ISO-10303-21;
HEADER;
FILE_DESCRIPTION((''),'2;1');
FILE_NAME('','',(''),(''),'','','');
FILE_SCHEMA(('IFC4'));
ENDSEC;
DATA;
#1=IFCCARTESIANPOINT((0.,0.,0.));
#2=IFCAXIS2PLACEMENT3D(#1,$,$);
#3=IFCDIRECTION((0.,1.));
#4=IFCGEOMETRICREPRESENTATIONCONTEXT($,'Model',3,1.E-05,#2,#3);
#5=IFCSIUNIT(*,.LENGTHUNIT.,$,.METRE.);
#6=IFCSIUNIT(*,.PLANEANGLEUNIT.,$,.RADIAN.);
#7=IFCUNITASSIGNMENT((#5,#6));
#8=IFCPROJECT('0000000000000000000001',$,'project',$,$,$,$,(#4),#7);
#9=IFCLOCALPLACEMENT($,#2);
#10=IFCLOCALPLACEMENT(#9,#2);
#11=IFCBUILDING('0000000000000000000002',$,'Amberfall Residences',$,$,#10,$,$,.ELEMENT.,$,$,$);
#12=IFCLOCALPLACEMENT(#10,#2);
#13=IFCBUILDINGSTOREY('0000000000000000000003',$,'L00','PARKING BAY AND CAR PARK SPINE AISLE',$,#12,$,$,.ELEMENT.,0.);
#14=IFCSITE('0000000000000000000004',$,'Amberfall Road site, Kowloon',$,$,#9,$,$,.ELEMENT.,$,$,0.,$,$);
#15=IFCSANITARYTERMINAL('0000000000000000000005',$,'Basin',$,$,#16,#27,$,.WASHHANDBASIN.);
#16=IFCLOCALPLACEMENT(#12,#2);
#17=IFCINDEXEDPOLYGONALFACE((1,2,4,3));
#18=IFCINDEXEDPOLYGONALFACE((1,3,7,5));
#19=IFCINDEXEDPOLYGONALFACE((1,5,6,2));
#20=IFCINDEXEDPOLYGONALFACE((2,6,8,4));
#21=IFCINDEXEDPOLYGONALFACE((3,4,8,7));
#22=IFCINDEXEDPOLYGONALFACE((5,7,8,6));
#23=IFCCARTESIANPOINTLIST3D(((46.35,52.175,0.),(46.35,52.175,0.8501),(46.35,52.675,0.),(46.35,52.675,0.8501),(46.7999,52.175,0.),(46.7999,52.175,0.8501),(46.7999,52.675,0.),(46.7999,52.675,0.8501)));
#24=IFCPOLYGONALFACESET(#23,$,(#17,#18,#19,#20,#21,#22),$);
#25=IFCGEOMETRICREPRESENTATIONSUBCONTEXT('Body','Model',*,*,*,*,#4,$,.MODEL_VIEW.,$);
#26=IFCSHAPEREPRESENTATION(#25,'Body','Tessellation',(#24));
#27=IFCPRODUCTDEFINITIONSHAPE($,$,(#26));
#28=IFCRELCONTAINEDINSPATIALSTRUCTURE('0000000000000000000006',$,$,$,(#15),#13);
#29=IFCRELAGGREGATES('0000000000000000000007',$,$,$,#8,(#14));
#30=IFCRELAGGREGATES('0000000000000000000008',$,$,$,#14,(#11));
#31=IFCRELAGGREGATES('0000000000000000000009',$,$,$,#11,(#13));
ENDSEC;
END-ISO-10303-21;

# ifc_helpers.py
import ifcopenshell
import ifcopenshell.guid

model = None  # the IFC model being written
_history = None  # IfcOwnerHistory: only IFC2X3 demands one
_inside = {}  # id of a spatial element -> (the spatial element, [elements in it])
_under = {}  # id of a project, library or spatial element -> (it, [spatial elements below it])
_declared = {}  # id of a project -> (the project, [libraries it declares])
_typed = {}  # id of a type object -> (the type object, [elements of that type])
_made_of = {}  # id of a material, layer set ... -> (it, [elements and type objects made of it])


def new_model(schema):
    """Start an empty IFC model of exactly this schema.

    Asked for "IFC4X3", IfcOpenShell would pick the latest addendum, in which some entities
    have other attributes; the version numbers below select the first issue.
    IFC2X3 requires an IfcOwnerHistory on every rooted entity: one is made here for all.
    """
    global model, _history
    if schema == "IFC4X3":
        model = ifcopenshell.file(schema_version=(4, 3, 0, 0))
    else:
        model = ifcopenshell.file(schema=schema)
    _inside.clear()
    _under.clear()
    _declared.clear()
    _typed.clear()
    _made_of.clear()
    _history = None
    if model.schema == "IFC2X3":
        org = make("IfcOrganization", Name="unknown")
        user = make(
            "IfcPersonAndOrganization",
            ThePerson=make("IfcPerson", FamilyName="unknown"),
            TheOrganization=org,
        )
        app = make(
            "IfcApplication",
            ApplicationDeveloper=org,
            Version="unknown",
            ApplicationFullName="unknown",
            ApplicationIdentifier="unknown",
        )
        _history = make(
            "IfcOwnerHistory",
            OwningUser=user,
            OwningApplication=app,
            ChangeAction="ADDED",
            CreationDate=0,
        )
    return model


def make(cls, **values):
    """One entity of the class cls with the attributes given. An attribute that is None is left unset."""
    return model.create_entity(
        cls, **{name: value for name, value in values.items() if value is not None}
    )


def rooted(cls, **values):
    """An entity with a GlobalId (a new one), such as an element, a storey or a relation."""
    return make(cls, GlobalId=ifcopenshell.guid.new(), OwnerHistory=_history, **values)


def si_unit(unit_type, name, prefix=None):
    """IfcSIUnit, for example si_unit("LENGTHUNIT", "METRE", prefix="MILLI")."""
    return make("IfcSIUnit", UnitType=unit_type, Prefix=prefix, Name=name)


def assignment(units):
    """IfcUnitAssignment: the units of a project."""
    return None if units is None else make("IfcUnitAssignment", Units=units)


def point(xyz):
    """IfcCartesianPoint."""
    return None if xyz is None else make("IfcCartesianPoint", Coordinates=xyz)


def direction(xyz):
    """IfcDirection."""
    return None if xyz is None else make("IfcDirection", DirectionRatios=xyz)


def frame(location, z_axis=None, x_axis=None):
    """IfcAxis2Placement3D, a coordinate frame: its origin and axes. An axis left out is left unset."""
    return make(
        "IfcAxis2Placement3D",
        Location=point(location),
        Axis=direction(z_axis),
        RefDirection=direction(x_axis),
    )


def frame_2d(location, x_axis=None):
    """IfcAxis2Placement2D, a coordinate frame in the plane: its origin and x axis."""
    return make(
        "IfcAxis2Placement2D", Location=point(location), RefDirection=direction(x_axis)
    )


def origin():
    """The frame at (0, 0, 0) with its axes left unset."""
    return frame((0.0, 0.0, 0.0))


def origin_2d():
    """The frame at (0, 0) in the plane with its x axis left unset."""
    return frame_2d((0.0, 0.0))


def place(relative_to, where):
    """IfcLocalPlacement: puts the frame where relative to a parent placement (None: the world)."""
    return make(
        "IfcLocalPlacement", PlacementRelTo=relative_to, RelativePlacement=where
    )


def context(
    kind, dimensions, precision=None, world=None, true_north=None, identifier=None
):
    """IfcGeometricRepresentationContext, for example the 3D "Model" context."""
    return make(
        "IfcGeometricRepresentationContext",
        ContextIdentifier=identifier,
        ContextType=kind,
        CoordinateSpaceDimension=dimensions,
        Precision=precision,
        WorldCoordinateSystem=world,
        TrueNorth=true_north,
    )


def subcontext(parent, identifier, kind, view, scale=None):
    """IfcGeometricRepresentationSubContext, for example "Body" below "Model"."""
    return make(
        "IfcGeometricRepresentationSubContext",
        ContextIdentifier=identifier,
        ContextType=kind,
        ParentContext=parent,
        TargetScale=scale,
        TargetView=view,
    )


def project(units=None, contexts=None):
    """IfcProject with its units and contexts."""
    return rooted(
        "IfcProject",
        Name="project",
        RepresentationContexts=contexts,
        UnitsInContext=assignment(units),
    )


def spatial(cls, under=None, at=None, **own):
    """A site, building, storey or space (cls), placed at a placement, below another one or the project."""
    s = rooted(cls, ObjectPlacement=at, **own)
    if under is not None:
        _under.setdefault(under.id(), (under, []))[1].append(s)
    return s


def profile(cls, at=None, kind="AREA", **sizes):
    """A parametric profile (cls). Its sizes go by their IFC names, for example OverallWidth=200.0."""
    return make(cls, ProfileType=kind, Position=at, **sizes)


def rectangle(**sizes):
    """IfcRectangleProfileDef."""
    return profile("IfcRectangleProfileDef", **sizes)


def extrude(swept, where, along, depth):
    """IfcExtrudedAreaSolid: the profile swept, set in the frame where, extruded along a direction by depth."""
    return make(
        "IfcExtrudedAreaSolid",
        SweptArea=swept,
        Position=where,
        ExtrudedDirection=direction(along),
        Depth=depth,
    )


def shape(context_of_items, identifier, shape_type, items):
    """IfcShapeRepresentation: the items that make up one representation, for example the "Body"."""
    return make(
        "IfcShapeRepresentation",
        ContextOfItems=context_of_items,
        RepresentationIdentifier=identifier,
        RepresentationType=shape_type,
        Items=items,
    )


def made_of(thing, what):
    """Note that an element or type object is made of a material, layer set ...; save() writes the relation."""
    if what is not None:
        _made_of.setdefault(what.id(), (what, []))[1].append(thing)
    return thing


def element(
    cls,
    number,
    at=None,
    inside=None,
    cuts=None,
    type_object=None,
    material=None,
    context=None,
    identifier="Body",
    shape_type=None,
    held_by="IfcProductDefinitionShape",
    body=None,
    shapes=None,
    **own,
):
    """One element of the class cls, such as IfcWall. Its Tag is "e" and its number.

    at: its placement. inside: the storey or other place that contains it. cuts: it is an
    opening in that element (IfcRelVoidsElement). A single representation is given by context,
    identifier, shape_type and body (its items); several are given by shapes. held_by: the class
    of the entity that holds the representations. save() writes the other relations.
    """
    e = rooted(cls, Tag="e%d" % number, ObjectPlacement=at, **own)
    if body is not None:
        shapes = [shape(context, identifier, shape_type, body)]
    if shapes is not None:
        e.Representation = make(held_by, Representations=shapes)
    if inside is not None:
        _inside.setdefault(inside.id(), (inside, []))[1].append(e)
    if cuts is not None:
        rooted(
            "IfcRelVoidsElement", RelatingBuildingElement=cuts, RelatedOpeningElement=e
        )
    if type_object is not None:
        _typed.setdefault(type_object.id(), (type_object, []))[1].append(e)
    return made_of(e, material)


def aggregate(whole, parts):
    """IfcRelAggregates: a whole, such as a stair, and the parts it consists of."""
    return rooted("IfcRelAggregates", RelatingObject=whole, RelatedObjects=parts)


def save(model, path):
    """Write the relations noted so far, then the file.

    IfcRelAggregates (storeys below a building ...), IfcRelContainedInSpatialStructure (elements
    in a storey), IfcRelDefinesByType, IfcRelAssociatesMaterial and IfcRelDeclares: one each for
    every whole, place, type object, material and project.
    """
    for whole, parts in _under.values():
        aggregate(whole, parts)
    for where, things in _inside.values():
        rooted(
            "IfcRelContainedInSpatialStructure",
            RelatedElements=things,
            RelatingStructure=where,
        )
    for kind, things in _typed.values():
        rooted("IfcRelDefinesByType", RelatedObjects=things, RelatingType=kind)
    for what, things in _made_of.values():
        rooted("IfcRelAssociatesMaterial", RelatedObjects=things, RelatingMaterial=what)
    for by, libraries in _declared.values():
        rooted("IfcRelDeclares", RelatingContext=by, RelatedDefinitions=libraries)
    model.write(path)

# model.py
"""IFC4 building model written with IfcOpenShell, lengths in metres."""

from ifc_helpers import new_model, si_unit, direction, frame, origin, origin_2d, place, context, subcontext, project, spatial, rectangle, extrude, element, save


model = new_model("IFC4")

# Units and contexts
model_context = context("Model", 3, precision=1e-05, world=origin(), true_north=direction((0.0, 1.0)))
body_context = subcontext(model_context, "Body", "Model", "MODEL_VIEW")
ifc_project = project(units=[si_unit("LENGTHUNIT", "METRE"), si_unit("PLANEANGLEUNIT", "RADIAN")], contexts=[model_context])

# Site, building, storey
site_placement = place(None, origin())
site = spatial("IfcSite", under=ifc_project, at=site_placement, Name="Amberfall Road site, Kowloon", CompositionType="ELEMENT", RefElevation=0.0)
building_placement = place(site_placement, origin())
building = spatial("IfcBuilding", under=site, at=building_placement, Name="Amberfall Residences", CompositionType="ELEMENT")
storey_placement = place(building_placement, origin())
storey = spatial("IfcBuildingStorey", under=building, at=storey_placement, Name="L00", Description="PARKING BAY AND CAR PARK SPINE AISLE", CompositionType="ELEMENT", Elevation=0.0)

# Sanitary terminal
sanitary_terminal_placement = place(storey_placement, frame((46.575, 52.425, 0.0), z_axis=(0.0, 0.0, 1.0), x_axis=(1.0, 0.0, 0.0)))
element("IfcSanitaryTerminal", 1, at=sanitary_terminal_placement, inside=storey, Name="Basin", PredefinedType="WASHHANDBASIN", context=body_context, shape_type="SweptSolid", body=[
    extrude(rectangle(XDim=0.45, YDim=0.5, at=origin_2d()), origin(), (0.0, 0.0, 1.0), 0.8501),
])

save(model, "model.ifc")
